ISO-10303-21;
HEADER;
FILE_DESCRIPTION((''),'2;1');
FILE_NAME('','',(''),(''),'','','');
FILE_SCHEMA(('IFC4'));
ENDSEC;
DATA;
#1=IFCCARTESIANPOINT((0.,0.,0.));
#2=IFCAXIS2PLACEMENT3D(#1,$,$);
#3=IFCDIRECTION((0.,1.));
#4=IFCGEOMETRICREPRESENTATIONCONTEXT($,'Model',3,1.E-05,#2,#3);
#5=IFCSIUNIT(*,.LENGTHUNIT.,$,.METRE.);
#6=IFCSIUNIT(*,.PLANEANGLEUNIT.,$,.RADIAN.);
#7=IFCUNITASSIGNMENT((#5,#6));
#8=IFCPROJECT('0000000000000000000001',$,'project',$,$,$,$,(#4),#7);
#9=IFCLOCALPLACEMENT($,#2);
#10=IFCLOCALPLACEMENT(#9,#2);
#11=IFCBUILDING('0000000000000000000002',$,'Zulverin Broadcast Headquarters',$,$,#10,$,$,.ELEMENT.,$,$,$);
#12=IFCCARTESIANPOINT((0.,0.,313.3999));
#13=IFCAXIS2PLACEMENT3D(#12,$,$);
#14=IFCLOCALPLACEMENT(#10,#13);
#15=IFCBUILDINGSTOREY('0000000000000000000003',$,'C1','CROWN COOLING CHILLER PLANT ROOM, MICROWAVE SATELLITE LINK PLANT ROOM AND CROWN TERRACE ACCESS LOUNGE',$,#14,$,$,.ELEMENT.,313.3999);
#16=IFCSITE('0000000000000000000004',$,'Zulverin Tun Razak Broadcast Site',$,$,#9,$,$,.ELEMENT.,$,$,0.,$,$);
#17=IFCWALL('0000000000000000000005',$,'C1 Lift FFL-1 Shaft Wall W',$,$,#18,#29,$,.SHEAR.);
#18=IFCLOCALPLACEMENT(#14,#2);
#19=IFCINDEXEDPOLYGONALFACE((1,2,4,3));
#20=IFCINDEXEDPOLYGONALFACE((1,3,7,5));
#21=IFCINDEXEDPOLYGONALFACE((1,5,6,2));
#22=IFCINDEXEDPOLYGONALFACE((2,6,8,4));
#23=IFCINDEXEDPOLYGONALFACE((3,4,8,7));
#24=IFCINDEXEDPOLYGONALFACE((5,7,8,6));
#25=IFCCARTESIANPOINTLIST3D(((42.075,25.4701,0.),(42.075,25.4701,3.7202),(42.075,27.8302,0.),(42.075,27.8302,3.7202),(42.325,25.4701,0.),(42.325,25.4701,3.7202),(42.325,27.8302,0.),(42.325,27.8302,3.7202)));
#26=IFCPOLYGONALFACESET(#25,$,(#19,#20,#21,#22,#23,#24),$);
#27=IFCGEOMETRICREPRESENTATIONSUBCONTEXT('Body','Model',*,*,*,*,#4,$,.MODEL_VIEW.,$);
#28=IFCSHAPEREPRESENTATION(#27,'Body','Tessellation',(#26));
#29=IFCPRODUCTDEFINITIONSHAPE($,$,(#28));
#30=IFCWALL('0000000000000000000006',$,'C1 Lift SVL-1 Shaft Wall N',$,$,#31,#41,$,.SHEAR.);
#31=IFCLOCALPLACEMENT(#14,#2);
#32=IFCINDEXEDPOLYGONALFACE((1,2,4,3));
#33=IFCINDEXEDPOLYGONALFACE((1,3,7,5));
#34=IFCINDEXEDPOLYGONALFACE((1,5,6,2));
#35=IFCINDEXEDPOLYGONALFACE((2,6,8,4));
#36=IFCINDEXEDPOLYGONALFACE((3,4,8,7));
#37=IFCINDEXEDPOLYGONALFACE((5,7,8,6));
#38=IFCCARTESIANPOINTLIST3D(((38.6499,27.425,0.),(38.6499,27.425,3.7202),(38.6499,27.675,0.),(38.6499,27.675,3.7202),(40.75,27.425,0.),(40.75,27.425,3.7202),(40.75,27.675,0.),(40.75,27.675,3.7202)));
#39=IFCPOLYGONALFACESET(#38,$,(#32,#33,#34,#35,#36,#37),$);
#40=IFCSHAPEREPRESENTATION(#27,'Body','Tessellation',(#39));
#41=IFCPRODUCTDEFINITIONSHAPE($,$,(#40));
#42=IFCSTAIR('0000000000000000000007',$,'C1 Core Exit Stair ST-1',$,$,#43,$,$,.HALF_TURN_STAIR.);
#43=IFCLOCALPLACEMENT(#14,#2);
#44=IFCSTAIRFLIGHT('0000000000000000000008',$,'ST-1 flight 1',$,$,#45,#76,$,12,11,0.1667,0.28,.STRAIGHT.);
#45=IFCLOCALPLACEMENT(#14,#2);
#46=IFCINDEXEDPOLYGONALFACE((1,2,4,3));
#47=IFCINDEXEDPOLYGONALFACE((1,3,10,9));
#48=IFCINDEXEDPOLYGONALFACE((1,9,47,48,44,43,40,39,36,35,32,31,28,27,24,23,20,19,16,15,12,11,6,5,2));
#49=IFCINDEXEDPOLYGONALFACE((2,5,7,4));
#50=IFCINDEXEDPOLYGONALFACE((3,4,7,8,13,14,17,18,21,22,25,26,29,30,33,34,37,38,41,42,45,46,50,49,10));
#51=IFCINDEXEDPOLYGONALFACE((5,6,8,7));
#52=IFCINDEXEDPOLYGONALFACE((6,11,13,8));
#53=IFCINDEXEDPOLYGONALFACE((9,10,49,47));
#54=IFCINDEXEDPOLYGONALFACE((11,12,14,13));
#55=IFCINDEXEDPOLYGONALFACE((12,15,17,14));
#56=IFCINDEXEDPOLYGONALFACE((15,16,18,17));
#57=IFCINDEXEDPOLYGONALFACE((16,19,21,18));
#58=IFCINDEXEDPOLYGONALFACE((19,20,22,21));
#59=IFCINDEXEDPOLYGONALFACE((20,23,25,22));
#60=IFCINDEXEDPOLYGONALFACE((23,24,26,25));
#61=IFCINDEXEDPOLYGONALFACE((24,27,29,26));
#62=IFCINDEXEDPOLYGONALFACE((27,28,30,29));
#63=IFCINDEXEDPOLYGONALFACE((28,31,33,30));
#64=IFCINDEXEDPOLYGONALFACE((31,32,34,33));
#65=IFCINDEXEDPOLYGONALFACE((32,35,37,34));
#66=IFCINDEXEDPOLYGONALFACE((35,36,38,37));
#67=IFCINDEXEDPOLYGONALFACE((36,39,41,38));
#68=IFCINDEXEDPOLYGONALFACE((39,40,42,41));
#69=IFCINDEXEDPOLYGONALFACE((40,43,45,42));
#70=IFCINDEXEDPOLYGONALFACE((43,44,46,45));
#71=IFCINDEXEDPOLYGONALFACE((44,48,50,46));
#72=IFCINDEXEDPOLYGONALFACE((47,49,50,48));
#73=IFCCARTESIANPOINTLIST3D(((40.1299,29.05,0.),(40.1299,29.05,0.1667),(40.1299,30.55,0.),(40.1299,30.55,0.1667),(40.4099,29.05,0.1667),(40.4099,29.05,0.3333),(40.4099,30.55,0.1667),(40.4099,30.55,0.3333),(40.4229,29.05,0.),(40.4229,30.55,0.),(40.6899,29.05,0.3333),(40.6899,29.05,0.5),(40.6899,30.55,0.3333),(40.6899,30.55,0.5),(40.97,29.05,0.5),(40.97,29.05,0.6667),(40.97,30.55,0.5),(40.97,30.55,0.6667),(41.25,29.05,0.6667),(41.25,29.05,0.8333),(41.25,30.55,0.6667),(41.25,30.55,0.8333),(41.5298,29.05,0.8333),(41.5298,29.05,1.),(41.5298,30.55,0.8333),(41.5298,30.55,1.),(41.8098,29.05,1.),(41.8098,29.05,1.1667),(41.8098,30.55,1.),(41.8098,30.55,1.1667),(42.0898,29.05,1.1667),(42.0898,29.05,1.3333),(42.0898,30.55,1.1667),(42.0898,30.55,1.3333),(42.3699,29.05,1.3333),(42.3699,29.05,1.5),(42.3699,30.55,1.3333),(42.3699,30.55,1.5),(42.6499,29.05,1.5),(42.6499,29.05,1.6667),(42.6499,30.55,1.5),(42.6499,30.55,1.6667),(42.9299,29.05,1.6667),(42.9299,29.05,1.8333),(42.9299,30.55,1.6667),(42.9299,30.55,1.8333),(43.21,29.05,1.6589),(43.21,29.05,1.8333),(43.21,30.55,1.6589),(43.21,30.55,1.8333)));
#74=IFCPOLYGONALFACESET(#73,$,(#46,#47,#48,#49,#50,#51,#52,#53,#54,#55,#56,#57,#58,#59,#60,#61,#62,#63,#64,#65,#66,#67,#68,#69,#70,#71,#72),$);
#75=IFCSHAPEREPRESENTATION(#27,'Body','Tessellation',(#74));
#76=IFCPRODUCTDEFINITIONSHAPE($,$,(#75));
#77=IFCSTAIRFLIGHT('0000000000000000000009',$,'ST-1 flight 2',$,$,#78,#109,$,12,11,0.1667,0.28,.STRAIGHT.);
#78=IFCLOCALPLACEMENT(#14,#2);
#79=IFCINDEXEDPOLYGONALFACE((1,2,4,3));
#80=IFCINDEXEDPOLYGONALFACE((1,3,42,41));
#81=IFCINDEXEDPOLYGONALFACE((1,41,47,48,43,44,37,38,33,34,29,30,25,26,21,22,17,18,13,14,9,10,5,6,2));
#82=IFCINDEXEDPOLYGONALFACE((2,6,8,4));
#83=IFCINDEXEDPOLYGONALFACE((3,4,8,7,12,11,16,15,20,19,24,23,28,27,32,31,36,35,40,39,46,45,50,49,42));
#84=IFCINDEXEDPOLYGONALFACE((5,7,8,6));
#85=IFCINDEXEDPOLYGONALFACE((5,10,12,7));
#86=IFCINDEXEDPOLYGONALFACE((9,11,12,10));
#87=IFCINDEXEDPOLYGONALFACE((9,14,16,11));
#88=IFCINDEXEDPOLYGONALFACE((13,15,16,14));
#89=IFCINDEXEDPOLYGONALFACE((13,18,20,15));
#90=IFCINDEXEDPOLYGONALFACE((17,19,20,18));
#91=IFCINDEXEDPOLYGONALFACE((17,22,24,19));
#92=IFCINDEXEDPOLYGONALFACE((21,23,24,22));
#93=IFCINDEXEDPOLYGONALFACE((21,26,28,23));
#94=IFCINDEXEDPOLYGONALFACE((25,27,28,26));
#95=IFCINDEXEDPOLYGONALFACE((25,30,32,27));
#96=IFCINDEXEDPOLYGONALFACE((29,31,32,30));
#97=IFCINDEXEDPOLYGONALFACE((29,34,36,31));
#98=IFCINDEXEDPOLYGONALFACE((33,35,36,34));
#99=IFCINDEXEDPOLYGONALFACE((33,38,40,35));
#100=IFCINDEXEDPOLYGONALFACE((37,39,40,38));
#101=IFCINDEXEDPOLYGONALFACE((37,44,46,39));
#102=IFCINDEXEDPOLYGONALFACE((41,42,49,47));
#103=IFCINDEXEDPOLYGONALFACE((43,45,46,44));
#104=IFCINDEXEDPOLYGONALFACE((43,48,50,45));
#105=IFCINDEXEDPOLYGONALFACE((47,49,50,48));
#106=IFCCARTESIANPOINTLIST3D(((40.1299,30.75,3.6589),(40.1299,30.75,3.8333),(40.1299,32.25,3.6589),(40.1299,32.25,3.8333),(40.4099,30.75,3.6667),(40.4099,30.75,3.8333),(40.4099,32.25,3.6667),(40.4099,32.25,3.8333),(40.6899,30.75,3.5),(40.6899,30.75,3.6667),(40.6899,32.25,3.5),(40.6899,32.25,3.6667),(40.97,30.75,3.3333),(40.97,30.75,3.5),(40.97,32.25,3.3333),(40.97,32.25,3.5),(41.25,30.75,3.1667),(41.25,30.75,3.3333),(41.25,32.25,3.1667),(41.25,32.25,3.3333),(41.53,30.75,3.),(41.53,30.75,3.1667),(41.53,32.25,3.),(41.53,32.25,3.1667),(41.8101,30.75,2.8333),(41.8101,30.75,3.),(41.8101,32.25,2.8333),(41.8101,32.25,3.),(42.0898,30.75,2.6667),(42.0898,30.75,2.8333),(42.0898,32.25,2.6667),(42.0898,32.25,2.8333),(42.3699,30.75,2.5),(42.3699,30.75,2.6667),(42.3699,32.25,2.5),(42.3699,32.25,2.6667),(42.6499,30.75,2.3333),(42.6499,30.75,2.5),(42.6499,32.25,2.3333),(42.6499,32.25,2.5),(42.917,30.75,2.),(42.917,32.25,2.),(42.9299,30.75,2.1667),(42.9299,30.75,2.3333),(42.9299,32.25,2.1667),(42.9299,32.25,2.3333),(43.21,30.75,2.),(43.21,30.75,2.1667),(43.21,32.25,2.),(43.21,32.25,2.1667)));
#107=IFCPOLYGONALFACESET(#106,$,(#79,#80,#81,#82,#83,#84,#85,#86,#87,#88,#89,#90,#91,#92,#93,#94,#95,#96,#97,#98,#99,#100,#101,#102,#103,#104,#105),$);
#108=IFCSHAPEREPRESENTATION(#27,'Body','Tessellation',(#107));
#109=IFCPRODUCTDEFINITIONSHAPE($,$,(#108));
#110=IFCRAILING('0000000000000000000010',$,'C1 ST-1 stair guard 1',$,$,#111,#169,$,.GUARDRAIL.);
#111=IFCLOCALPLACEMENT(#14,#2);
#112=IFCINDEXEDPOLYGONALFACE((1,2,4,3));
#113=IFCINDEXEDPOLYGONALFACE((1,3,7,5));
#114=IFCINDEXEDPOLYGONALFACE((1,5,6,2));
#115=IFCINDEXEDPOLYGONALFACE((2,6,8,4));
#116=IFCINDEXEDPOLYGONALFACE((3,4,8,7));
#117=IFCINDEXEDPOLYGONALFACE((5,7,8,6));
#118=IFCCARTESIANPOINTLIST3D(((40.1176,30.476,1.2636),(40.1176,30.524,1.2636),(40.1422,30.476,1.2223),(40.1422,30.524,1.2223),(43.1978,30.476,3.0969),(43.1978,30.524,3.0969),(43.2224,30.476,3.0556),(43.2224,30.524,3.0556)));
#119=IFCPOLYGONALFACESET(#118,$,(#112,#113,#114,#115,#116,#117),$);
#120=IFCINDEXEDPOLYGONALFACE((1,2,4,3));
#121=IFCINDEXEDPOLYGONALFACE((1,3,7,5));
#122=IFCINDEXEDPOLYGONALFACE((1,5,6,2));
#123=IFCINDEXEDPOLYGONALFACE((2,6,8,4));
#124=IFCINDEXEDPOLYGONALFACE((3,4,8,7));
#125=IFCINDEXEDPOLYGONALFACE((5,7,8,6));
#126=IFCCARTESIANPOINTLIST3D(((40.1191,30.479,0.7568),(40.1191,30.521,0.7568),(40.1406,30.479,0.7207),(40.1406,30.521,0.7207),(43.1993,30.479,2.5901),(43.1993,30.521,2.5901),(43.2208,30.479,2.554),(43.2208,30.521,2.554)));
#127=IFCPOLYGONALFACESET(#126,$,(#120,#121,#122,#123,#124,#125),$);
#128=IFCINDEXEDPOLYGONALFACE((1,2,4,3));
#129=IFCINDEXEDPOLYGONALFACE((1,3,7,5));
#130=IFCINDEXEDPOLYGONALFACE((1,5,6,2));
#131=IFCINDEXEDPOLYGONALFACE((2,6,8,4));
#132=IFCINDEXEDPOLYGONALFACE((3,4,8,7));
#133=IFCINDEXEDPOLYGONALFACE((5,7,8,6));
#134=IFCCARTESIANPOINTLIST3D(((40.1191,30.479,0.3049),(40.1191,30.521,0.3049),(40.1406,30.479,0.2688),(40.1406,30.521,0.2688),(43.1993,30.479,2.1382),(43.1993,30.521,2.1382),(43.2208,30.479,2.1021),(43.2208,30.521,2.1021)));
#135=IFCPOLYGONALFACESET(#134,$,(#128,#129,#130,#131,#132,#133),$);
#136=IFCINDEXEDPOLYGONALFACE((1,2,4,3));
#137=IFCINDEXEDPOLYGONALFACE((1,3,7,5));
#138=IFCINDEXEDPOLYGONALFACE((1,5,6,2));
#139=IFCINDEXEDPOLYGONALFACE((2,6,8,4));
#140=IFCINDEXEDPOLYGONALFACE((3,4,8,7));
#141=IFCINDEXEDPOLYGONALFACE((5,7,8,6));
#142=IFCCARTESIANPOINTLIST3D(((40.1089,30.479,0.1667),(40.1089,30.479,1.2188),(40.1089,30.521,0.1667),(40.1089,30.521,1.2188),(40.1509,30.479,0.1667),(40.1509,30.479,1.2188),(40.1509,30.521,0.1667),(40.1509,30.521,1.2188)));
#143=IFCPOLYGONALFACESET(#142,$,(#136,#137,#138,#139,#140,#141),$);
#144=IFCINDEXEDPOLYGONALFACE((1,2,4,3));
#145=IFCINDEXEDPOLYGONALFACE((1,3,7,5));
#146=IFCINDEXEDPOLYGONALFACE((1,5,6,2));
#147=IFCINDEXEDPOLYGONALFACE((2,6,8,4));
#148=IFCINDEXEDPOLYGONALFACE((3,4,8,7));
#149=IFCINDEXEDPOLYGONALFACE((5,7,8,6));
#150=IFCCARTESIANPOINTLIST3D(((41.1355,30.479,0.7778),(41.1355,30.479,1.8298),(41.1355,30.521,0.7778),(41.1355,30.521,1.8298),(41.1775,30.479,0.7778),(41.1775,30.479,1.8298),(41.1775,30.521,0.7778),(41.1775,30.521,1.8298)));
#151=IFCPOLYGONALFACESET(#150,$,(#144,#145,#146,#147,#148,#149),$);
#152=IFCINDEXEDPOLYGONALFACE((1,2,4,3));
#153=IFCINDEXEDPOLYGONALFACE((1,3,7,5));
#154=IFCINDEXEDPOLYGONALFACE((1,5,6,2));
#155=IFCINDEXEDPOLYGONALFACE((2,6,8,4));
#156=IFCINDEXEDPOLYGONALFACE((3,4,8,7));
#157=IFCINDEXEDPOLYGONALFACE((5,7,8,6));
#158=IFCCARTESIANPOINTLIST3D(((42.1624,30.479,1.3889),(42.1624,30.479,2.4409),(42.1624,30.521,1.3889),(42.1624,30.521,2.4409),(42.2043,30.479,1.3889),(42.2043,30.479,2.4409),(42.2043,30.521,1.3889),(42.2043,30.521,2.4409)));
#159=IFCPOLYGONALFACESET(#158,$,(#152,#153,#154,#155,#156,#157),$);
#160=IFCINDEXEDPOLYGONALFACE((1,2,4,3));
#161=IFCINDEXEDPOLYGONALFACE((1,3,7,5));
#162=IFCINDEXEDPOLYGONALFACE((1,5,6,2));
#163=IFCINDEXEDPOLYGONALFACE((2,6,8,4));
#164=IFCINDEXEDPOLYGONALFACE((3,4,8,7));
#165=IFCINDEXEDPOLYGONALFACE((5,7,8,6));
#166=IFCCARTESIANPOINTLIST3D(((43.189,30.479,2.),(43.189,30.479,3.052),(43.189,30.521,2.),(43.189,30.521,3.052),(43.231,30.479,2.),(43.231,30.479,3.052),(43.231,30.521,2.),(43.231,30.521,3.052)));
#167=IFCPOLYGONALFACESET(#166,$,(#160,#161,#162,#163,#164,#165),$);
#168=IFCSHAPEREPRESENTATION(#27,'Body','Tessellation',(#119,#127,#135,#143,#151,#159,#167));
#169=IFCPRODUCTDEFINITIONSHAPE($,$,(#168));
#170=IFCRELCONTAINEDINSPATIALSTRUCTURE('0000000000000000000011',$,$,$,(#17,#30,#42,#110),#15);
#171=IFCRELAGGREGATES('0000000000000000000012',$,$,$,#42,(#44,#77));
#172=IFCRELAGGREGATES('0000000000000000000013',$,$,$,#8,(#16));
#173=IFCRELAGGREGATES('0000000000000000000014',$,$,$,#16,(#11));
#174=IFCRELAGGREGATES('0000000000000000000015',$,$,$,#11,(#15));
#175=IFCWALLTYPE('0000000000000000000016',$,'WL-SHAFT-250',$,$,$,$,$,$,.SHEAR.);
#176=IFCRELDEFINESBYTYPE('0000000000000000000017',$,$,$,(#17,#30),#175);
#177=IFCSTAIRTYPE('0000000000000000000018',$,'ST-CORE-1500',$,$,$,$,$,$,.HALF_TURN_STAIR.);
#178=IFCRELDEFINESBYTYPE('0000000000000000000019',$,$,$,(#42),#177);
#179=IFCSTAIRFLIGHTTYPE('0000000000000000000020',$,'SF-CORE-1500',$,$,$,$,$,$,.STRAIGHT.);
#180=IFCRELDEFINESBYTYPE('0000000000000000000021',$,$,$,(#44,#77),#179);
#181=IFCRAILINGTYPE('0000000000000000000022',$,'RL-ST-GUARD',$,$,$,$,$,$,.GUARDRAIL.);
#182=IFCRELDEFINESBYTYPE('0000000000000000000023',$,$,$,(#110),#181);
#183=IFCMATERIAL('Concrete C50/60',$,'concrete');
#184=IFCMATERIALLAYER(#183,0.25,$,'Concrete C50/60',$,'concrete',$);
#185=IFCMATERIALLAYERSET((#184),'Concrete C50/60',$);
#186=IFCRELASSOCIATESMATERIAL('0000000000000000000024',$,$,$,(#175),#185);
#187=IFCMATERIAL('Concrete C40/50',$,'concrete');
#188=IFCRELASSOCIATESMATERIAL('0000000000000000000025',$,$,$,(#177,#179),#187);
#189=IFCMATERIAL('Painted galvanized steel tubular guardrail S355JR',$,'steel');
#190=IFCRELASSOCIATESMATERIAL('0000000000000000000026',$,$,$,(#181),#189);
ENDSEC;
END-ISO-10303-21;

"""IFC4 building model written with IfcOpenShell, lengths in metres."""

from ifc_helpers import new_model, si_unit, direction, frame, frame_2d, origin, origin_2d, place, context, subcontext, project, spatial, polyline, rectangle, outline, extrude, material, layer, layer_set, type_object, element, aggregate, save


model = new_model("IFC4")

# Units and contexts
model_context = context("Model", 3, precision=1e-05, world=origin(), true_north=direction((0.0, 1.0)))
body_context = subcontext(model_context, "Body", "Model", "MODEL_VIEW")
ifc_project = project(units=[si_unit("LENGTHUNIT", "METRE"), si_unit("PLANEANGLEUNIT", "RADIAN")], contexts=[model_context])

# Site, building, storey
site_placement = place(None, origin())
site = spatial("IfcSite", under=ifc_project, at=site_placement, Name="Zulverin Tun Razak Broadcast Site", CompositionType="ELEMENT", RefElevation=0.0)
building_placement = place(site_placement, origin())
building = spatial("IfcBuilding", under=site, at=building_placement, Name="Zulverin Broadcast Headquarters", CompositionType="ELEMENT")
storey_placement = place(building_placement, frame((0.0, 0.0, 313.3999)))
storey = spatial("IfcBuildingStorey", under=building, at=storey_placement, Name="C1", Description="CROWN COOLING CHILLER PLANT ROOM, MICROWAVE SATELLITE LINK PLANT ROOM AND CROWN TERRACE ACCESS LOUNGE", CompositionType="ELEMENT", Elevation=313.3999)

# Shared definitions
ifc_material_1 = material(Name="Concrete C50/60", Category="concrete")

# Shared definitions
ifc_layer_1 = layer(ifc_material_1, 0.25, Name="Concrete C50/60", Category="concrete")
ifc_layer_set_1 = layer_set([ifc_layer_1], Name="Concrete C50/60")
wall_type_1 = type_object("IfcWallType", Name="WL-SHAFT-250", PredefinedType="SHEAR", material=ifc_layer_set_1)

# Walls
wall_1_placement = place(storey_placement, frame((42.2, 25.47, 0.0), z_axis=(0.0, 0.0, 1.0), x_axis=(0.0, 1.0, 0.0)))
element("IfcWall", 1, at=wall_1_placement, inside=storey, type_object=wall_type_1, Name="C1 Lift FFL-1 Shaft Wall W", PredefinedType="SHEAR", context=body_context, shape_type="SweptSolid", body=[
    extrude(rectangle(XDim=2.3601, YDim=0.25, at=frame_2d((1.1802, 0.0))), origin(), (0.0, 0.0, 1.0), 3.7202),
])
wall_2_placement = place(storey_placement, frame((38.6499, 27.55, 0.0), z_axis=(0.0, 0.0, 1.0), x_axis=(1.0, 0.0, 0.0)))
element("IfcWall", 2, at=wall_2_placement, inside=storey, type_object=wall_type_1, Name="C1 Lift SVL-1 Shaft Wall N", PredefinedType="SHEAR", context=body_context, shape_type="SweptSolid", body=[
    extrude(rectangle(XDim=2.1001, YDim=0.25, at=frame_2d((1.05, 0.0))), origin(), (0.0, 0.0, 1.0), 3.7202),
])

# Stair, stair flights
ifc_material_2 = material(Name="Concrete C40/50", Category="concrete")
stair_type = type_object("IfcStairType", Name="ST-CORE-1500", PredefinedType="HALF_TURN_STAIR", material=ifc_material_2)
stair_placement = place(storey_placement, origin())
stair = element("IfcStair", 3, at=stair_placement, inside=storey, type_object=stair_type, Name="C1 Core Exit Stair ST-1", PredefinedType="HALF_TURN_STAIR")
stair_flight_type = type_object("IfcStairFlightType", Name="SF-CORE-1500", PredefinedType="STRAIGHT", material=ifc_material_2)
stair_flight_1_placement = place(storey_placement, frame((40.1299, 29.8, 0.0), z_axis=(0.0, 0.0, 1.0), x_axis=(1.0, 0.0, 0.0)))
stair_flight_1 = element("IfcStairFlight", 4, at=stair_flight_1_placement, type_object=stair_flight_type, Name="ST-1 flight 1", NumberOfRisers=12, NumberOfTreads=11, PredefinedType="STRAIGHT", RiserHeight=0.1667, TreadLength=0.28, context=body_context, shape_type="SweptSolid", body=[
    extrude(outline(polyline([(0.0, 0.0), (0.0, 0.1667), (0.28, 0.1667), (0.28, 0.3333), (0.5601, 0.3333), (0.5601, 0.5), (0.8401, 0.5), (0.8401, 0.6667), (1.1201, 0.6667), (1.1201, 0.8333), (1.3999, 0.8333), (1.3999, 1.0), (1.6799, 1.0), (1.6799, 1.1667), (1.96, 1.1667), (1.96, 1.3333), (2.24, 1.3333), (2.24, 1.5), (2.52, 1.5), (2.52, 1.6667), (2.8, 1.6667), (2.8, 1.8333), (3.0801, 1.8333), (3.0801, 2.0), (3.0801, 1.6589), (0.293, 0.0), (0.0, 0.0)])), frame((0.0, 0.75, 0.0), z_axis=(0.0, -1.0, 0.0), x_axis=(1.0, 0.0, 0.0)), (0.0, 0.0, 1.0), 1.5),
])
stair_flight_2_placement = place(storey_placement, frame((43.21, 31.5, 2.0), z_axis=(0.0, 0.0, 1.0), x_axis=(-1.0, 0.0, 0.0)))
stair_flight_2 = element("IfcStairFlight", 5, at=stair_flight_2_placement, type_object=stair_flight_type, Name="ST-1 flight 2", NumberOfRisers=12, NumberOfTreads=11, PredefinedType="STRAIGHT", RiserHeight=0.1667, TreadLength=0.28, context=body_context, shape_type="SweptSolid", body=[
    extrude(outline(polyline([(0.0, 0.0), (0.0, 0.1667), (0.28, 0.1667), (0.28, 0.3333), (0.5601, 0.3333), (0.5601, 0.5), (0.8401, 0.5), (0.8401, 0.6667), (1.1201, 0.6667), (1.1201, 0.8333), (1.3999, 0.8333), (1.3999, 1.0), (1.6799, 1.0), (1.6799, 1.1667), (1.96, 1.1667), (1.96, 1.3333), (2.24, 1.3333), (2.24, 1.5), (2.52, 1.5), (2.52, 1.6667), (2.8, 1.6667), (2.8, 1.8333), (3.0801, 1.8333), (3.0801, 2.0), (3.0801, 1.6589), (0.293, 0.0), (0.0, 0.0)])), frame((0.0, 0.75, 0.0), z_axis=(0.0, -1.0, 0.0), x_axis=(1.0, 0.0, 0.0)), (0.0, 0.0, 1.0), 1.5),
])
aggregate(stair, [stair_flight_1, stair_flight_2])

# Railing
ifc_material_3 = material(Name="Painted galvanized steel tubular guardrail S355JR", Category="steel")
railing_type_1 = type_object("IfcRailingType", Name="RL-ST-GUARD", PredefinedType="GUARDRAIL", material=ifc_material_3)
railing_1_placement = place(storey_placement, frame((40.1299, 30.5, 0.1667)))
element("IfcRailing", 6, at=railing_1_placement, inside=storey, type_object=railing_type_1, Name="C1 ST-1 stair guard 1", PredefinedType="GUARDRAIL", context=body_context, shape_type="SweptSolid", body=[
    extrude(rectangle(XDim=0.0481, YDim=0.0481, at=origin_2d()), frame((0.0, 0.0, 1.0762), z_axis=(0.859309, 0.0, 0.511458), x_axis=(0.0, 1.0, 0.0)), (0.0, 0.0, 1.0), 3.5845),
    extrude(rectangle(XDim=0.042, YDim=0.042, at=origin_2d()), frame((0.0, 0.0, 0.572), z_axis=(0.859309, 0.0, 0.511458), x_axis=(0.0, 1.0, 0.0)), (0.0, 0.0, 1.0), 3.5845),
    extrude(rectangle(XDim=0.042, YDim=0.042, at=origin_2d()), frame((0.0, 0.0, 0.1201), z_axis=(0.859309, 0.0, 0.511458), x_axis=(0.0, 1.0, 0.0)), (0.0, 0.0, 1.0), 3.5845),
    extrude(rectangle(XDim=0.042, YDim=0.042, at=origin_2d()), origin(), (0.0, 0.0, 1.0), 1.052),
    extrude(rectangle(XDim=0.042, YDim=0.042, at=origin_2d()), frame((1.0266, 0.0, 0.6111)), (0.0, 0.0, 1.0), 1.052),
    extrude(rectangle(XDim=0.042, YDim=0.042, at=origin_2d()), frame((2.0535, 0.0, 1.2222)), (0.0, 0.0, 1.0), 1.052),
    extrude(rectangle(XDim=0.042, YDim=0.042, at=origin_2d()), frame((3.0801, 0.0, 1.8333)), (0.0, 0.0, 1.0), 1.052),
])

save(model, "model.ifc")
